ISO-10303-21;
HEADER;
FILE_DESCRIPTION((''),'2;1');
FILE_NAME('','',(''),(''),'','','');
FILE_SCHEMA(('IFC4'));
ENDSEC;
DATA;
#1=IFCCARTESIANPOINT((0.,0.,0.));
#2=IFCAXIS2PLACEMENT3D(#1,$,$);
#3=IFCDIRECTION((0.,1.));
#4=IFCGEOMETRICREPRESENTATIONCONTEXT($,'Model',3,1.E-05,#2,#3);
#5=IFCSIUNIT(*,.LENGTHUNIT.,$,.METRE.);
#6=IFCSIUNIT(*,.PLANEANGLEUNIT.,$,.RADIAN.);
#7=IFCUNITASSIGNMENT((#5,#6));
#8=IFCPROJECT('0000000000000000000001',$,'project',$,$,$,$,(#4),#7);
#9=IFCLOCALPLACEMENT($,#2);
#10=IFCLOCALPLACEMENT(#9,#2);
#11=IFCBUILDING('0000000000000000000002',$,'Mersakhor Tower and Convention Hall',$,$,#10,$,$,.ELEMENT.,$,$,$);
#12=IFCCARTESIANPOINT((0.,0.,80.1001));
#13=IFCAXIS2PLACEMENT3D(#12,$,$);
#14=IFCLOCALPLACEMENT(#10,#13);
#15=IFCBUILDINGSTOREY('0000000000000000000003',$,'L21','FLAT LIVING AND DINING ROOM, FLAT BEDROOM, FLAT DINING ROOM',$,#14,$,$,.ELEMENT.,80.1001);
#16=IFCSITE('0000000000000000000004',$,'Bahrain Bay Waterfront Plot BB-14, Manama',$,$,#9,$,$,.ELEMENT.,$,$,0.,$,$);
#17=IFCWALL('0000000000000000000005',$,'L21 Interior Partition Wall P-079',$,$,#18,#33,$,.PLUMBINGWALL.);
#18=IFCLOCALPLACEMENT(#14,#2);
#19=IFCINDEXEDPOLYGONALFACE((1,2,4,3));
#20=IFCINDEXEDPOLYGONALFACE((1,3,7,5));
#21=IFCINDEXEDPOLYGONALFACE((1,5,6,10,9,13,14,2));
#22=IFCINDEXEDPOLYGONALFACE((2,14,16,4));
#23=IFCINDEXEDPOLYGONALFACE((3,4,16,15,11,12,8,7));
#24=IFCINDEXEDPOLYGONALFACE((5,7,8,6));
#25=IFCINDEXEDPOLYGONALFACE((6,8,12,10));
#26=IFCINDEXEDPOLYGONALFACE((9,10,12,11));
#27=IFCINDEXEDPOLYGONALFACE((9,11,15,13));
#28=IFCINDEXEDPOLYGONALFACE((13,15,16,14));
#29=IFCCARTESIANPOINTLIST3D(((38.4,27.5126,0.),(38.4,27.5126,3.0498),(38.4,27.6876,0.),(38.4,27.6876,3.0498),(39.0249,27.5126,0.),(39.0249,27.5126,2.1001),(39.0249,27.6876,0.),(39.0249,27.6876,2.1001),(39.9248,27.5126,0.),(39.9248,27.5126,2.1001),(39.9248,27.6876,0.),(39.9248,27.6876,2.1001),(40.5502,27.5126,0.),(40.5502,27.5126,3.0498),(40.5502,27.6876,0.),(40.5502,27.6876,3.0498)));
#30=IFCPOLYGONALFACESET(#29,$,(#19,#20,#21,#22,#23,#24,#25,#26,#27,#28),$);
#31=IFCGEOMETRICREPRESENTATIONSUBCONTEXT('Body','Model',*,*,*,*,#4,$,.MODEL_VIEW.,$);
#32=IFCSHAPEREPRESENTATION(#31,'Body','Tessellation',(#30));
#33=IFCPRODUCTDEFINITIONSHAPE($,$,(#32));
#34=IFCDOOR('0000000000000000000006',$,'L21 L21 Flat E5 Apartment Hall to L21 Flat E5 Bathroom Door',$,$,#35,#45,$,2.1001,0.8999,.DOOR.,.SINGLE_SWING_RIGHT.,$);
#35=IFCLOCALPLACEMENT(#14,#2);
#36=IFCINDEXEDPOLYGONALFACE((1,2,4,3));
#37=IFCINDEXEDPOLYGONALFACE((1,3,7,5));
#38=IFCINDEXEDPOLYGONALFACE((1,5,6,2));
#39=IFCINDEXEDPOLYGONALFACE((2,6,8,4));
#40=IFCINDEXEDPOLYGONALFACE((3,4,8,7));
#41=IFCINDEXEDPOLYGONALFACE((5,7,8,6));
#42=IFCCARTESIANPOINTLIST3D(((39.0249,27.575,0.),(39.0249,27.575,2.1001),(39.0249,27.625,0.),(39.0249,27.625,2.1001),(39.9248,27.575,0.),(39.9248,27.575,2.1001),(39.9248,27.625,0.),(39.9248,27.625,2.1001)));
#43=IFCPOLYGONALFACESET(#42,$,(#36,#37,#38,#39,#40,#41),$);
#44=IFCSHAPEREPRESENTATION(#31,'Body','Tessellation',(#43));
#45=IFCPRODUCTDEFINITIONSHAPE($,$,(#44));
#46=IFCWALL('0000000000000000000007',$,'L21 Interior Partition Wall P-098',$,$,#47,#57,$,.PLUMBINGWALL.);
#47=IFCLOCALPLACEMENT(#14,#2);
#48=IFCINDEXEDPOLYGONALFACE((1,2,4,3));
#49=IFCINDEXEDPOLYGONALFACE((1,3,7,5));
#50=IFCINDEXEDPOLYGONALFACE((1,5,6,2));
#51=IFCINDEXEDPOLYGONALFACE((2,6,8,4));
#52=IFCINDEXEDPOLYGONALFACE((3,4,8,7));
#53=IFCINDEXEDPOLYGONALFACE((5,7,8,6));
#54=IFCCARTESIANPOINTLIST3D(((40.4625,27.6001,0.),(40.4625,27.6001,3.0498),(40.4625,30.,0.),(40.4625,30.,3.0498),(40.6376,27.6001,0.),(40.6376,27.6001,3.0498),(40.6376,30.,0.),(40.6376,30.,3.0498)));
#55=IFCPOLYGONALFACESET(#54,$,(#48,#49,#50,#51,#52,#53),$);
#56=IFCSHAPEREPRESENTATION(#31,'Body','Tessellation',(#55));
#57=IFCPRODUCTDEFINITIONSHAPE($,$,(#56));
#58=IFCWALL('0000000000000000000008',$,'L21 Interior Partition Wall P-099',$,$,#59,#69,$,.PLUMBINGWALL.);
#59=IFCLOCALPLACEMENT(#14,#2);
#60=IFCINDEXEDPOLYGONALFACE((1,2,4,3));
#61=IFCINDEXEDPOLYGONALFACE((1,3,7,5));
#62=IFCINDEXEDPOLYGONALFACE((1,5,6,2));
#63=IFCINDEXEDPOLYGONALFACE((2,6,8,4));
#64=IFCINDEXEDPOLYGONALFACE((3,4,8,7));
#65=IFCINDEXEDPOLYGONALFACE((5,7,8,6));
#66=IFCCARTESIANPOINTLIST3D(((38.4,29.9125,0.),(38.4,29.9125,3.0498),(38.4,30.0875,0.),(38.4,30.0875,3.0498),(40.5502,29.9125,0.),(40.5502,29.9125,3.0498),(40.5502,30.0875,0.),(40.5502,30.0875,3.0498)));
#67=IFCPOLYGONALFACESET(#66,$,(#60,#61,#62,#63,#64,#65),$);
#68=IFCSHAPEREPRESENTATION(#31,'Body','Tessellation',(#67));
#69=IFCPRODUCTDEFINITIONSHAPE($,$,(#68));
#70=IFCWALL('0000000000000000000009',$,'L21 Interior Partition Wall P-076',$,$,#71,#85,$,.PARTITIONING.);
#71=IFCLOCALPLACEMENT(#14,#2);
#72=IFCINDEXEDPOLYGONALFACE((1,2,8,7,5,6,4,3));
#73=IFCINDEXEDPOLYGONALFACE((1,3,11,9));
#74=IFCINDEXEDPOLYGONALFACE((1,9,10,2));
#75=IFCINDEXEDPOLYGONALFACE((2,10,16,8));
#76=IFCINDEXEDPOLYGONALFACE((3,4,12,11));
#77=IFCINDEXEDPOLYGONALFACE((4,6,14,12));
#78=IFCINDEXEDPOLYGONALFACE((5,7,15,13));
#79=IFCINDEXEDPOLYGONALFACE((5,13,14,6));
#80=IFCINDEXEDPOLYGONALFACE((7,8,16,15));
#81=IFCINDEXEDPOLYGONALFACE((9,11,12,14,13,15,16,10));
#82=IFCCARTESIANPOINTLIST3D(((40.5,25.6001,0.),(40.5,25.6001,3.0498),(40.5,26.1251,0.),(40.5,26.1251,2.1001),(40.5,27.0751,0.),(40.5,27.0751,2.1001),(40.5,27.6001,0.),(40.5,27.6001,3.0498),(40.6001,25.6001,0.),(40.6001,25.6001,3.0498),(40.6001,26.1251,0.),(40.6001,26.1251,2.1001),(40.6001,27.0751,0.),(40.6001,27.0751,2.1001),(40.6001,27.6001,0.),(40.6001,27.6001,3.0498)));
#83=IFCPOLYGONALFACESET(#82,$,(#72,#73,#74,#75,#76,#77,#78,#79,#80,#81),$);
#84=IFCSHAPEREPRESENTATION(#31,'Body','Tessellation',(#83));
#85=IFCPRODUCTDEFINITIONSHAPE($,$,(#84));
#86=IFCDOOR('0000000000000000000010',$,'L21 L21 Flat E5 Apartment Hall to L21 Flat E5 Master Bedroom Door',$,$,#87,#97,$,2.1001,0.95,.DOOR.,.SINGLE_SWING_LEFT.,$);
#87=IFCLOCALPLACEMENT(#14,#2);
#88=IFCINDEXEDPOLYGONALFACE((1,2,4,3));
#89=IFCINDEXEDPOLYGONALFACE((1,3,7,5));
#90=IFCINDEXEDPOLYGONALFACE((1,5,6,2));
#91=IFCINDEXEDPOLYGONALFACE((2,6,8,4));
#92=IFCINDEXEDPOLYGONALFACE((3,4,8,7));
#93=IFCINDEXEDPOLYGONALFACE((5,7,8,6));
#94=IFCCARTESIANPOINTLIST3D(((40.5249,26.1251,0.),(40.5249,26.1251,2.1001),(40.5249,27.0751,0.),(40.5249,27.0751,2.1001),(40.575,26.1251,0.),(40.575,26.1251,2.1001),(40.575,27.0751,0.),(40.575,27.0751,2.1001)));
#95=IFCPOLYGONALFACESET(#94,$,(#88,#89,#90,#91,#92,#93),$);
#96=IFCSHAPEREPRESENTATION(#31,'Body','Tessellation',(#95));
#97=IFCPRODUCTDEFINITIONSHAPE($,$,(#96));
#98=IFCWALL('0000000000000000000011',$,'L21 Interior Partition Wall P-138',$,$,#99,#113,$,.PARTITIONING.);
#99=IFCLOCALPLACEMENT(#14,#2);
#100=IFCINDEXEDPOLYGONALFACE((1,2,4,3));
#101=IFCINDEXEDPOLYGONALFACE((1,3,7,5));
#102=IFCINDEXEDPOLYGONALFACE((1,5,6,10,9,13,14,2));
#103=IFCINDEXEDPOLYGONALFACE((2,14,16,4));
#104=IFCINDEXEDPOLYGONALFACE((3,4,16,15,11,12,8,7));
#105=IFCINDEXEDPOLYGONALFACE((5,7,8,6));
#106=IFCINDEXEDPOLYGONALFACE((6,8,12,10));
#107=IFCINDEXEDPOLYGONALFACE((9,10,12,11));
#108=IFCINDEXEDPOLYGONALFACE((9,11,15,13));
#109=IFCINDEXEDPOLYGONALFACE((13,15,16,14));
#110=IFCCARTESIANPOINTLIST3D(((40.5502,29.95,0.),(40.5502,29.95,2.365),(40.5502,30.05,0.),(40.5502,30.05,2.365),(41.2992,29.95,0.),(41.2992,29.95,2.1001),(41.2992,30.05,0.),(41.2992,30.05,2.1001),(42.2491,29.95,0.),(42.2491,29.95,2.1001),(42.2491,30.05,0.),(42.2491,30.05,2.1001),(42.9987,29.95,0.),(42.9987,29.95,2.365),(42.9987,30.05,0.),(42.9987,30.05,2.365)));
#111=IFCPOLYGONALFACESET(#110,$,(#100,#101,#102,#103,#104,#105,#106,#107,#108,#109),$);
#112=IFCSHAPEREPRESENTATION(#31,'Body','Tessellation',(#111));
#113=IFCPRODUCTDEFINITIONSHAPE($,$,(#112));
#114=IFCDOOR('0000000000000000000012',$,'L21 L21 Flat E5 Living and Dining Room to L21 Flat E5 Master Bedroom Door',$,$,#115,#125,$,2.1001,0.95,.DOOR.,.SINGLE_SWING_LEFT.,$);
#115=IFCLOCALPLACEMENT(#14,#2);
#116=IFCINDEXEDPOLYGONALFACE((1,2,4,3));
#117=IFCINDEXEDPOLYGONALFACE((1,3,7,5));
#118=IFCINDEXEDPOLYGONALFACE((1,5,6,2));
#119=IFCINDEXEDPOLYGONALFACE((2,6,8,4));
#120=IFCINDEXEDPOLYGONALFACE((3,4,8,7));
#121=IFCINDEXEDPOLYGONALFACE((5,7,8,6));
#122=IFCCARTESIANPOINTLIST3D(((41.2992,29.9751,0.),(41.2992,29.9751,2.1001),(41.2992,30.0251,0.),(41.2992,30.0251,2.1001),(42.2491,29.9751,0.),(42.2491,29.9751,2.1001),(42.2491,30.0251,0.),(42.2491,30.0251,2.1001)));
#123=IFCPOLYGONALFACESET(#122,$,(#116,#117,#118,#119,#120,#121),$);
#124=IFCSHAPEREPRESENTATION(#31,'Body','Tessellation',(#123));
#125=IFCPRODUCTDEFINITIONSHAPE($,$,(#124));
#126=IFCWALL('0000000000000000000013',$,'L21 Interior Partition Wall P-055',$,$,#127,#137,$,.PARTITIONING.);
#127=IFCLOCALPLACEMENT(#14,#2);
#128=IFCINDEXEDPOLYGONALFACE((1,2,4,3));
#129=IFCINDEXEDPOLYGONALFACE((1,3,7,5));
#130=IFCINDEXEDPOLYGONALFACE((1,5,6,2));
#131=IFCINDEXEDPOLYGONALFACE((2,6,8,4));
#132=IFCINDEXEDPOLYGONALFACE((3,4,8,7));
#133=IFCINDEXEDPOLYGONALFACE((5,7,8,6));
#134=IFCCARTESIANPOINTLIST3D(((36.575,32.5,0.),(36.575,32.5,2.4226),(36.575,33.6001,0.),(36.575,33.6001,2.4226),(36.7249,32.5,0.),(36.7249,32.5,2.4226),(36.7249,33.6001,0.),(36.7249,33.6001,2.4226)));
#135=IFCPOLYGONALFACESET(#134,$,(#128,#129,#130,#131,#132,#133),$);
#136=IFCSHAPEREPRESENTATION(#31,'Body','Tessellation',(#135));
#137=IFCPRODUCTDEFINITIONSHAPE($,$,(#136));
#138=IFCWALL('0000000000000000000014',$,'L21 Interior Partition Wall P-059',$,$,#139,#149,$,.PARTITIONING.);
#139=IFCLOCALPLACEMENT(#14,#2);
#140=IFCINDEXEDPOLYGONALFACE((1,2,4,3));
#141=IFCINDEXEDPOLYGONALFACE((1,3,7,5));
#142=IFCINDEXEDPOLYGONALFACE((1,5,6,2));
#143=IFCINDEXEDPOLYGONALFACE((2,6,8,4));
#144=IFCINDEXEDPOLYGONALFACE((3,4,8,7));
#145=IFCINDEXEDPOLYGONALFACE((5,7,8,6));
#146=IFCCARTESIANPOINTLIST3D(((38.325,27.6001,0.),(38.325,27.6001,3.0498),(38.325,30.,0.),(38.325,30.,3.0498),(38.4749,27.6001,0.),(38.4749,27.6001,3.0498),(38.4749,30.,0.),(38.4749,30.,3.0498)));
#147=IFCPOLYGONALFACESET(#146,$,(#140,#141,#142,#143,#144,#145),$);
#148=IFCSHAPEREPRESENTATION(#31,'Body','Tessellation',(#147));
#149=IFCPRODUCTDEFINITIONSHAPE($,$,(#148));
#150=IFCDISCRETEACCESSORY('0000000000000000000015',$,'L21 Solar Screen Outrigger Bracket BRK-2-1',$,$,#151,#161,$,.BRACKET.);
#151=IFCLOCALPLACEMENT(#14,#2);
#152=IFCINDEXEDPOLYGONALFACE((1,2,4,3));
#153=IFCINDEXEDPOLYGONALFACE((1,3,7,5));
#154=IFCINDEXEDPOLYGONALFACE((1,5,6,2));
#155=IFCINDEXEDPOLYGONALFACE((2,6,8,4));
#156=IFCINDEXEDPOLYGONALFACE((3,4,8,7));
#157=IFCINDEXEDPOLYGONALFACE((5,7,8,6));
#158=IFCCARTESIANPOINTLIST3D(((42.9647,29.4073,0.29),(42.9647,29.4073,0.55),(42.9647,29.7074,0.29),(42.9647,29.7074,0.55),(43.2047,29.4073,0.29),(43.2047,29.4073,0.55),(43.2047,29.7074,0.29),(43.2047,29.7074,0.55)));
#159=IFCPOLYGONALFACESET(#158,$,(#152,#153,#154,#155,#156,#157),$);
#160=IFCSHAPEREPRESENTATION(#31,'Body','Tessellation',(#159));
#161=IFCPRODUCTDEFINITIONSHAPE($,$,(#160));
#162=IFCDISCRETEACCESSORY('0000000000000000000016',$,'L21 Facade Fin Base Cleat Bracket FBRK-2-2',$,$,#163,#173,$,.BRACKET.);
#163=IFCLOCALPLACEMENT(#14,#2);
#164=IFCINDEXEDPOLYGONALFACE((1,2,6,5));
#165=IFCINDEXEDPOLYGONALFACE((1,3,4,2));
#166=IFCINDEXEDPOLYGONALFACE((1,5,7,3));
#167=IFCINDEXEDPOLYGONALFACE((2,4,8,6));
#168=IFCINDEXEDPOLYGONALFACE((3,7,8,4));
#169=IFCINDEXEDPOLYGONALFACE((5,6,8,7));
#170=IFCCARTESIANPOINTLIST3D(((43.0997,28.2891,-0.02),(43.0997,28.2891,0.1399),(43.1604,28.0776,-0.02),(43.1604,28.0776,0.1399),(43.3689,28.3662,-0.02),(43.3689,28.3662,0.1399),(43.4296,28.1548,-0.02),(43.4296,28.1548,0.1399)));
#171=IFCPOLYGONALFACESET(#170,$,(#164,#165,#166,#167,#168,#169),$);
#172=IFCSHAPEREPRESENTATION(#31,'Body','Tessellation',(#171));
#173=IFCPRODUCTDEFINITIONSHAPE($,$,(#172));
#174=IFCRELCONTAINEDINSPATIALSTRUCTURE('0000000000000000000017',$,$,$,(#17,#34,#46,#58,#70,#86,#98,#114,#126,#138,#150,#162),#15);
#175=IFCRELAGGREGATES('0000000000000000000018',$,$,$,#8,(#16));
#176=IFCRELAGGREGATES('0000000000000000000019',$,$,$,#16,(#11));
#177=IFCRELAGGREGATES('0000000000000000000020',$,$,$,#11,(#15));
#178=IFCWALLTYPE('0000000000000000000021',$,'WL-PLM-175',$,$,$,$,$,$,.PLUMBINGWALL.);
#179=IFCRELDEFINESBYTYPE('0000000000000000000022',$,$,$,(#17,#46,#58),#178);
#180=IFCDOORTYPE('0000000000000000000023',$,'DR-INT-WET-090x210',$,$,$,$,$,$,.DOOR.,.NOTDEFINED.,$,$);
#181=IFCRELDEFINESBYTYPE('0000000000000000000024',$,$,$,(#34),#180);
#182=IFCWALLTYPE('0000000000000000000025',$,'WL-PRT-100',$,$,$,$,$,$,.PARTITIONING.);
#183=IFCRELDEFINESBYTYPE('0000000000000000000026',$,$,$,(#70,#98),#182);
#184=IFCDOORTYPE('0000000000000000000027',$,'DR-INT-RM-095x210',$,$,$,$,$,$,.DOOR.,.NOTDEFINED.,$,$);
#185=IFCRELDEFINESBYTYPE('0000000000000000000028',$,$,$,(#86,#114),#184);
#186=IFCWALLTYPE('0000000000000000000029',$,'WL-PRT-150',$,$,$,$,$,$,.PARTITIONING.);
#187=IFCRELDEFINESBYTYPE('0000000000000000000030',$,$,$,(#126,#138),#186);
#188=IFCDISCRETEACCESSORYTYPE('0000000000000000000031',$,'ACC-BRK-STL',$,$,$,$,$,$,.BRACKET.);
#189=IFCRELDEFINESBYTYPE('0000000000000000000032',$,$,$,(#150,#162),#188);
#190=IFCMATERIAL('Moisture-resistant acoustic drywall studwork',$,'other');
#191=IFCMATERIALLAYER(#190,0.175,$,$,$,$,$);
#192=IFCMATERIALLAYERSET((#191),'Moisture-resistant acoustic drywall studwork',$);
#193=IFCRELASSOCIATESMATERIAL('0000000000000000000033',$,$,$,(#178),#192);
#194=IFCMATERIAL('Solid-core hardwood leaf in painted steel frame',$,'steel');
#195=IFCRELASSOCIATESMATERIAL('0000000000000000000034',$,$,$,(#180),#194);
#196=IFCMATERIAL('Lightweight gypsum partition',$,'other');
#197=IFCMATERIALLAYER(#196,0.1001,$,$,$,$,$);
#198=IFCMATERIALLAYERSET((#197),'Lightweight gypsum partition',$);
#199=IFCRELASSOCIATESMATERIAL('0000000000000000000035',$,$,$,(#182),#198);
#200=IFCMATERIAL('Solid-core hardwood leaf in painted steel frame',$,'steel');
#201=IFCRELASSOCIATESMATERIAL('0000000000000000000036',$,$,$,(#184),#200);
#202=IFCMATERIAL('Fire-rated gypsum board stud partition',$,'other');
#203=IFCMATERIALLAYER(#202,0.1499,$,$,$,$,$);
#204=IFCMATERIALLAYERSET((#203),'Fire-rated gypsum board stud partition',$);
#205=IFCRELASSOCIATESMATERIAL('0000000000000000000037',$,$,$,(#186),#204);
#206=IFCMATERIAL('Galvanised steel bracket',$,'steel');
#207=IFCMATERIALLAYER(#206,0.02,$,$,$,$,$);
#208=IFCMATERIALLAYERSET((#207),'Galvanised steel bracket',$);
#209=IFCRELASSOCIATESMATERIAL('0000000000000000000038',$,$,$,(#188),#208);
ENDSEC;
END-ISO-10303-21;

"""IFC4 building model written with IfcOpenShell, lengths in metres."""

from ifc_helpers import new_model, si_unit, direction, frame, frame_2d, origin, origin_2d, place, context, subcontext, project, spatial, rectangle, extrude, material, layer, layer_set, type_object, element, fill, save


model = new_model("IFC4")

# Units and contexts
model_context = context("Model", 3, precision=1e-05, world=origin(), true_north=direction((0.0, 1.0)))
body_context = subcontext(model_context, "Body", "Model", "MODEL_VIEW")
ifc_project = project(units=[si_unit("LENGTHUNIT", "METRE"), si_unit("PLANEANGLEUNIT", "RADIAN")], contexts=[model_context])

# Site, building, storey
site_placement = place(None, origin())
site = spatial("IfcSite", under=ifc_project, at=site_placement, Name="Bahrain Bay Waterfront Plot BB-14, Manama", CompositionType="ELEMENT", RefElevation=0.0)
building_placement = place(site_placement, origin())
building = spatial("IfcBuilding", under=site, at=building_placement, Name="Mersakhor Tower and Convention Hall", CompositionType="ELEMENT")
storey_placement = place(building_placement, frame((0.0, 0.0, 80.1001)))
storey = spatial("IfcBuildingStorey", under=building, at=storey_placement, Name="L21", Description="FLAT LIVING AND DINING ROOM, FLAT BEDROOM, FLAT DINING ROOM", CompositionType="ELEMENT", Elevation=80.1001)

# Wall, opening, door
ifc_material_1 = material(Name="Moisture-resistant acoustic drywall studwork", Category="other")
ifc_layer_1 = layer(ifc_material_1, 0.175)
ifc_layer_set_1 = layer_set([ifc_layer_1], Name="Moisture-resistant acoustic drywall studwork")
wall_type_1 = type_object("IfcWallType", Name="WL-PLM-175", PredefinedType="PLUMBINGWALL", material=ifc_layer_set_1)
wall_1_placement = place(storey_placement, frame((38.3999, 27.6001, 0.0), z_axis=(0.0, 0.0, 1.0), x_axis=(1.0, 0.0, 0.0)))
wall_1 = element("IfcWall", 1, at=wall_1_placement, inside=storey, type_object=wall_type_1, Name="L21 Interior Partition Wall P-079", PredefinedType="PLUMBINGWALL", context=body_context, shape_type="SweptSolid", body=[
    extrude(rectangle(XDim=2.1501, YDim=0.175, at=frame_2d((1.0752, 0.0))), origin(), (0.0, 0.0, 1.0), 3.0498),
])
opening_1_placement = place(wall_1_placement, frame((0.625, 0.0, 0.0)))
opening_1 = element("IfcOpeningElement", 2, at=opening_1_placement, cuts=wall_1, PredefinedType="OPENING", context=body_context, shape_type="SweptSolid", body=[
    extrude(rectangle(XDim=0.8999, YDim=2.1001, at=frame_2d((0.45, 1.05))), frame((0.0, 0.0974, 0.0), z_axis=(0.0, -1.0, 0.0), x_axis=(1.0, 0.0, 0.0)), (0.0, 0.0, 1.0), 0.1951),
])
ifc_material_2 = material(Name="Solid-core hardwood leaf in painted steel frame", Category="steel")
door_type_1 = type_object("IfcDoorType", Name="DR-INT-WET-090x210", OperationType="NOTDEFINED", PredefinedType="DOOR", material=ifc_material_2)
door_1_placement = place(opening_1_placement, origin())
door_1 = element("IfcDoor", 3, at=door_1_placement, inside=storey, type_object=door_type_1, Name="L21 L21 Flat E5 Apartment Hall to L21 Flat E5 Bathroom Door", OperationType="SINGLE_SWING_RIGHT", OverallHeight=2.1001, OverallWidth=0.8999, PredefinedType="DOOR", context=body_context, shape_type="SweptSolid", body=[
    extrude(rectangle(XDim=0.8999, YDim=2.1001, at=frame_2d((0.45, 1.05))), frame((0.0, 0.0249, 0.0), z_axis=(0.0, -1.0, 0.0), x_axis=(1.0, 0.0, 0.0)), (0.0, 0.0, 1.0), 0.05),
])
fill(opening_1, door_1)

# Walls
wall_2_placement = place(storey_placement, frame((40.55, 30.0, 0.0), z_axis=(0.0, 0.0, 1.0), x_axis=(0.0, -1.0, 0.0)))
element("IfcWall", 4, at=wall_2_placement, inside=storey, type_object=wall_type_1, Name="L21 Interior Partition Wall P-098", PredefinedType="PLUMBINGWALL", context=body_context, shape_type="SweptSolid", body=[
    extrude(rectangle(XDim=2.3999, YDim=0.175, at=frame_2d((1.2, 0.0))), origin(), (0.0, 0.0, 1.0), 3.0498),
])
wall_3_placement = place(storey_placement, frame((38.3999, 30.0, 0.0), z_axis=(0.0, 0.0, 1.0), x_axis=(1.0, 0.0, 0.0)))
element("IfcWall", 5, at=wall_3_placement, inside=storey, type_object=wall_type_1, Name="L21 Interior Partition Wall P-099", PredefinedType="PLUMBINGWALL", context=body_context, shape_type="SweptSolid", body=[
    extrude(rectangle(XDim=2.1501, YDim=0.175, at=frame_2d((1.0752, 0.0))), origin(), (0.0, 0.0, 1.0), 3.0498),
])

# Walls, openings, doors
ifc_material_3 = material(Name="Lightweight gypsum partition", Category="other")
ifc_layer_2 = layer(ifc_material_3, 0.1001)
ifc_layer_set_2 = layer_set([ifc_layer_2], Name="Lightweight gypsum partition")
wall_type_2 = type_object("IfcWallType", Name="WL-PRT-100", PredefinedType="PARTITIONING", material=ifc_layer_set_2)
wall_4_placement = place(storey_placement, frame((40.55, 27.6001, 0.0), z_axis=(0.0, 0.0, 1.0), x_axis=(0.0, -1.0, 0.0)))
wall_4 = element("IfcWall", 6, at=wall_4_placement, inside=storey, type_object=wall_type_2, Name="L21 Interior Partition Wall P-076", PredefinedType="PARTITIONING", context=body_context, shape_type="SweptSolid", body=[
    extrude(rectangle(XDim=2.0, YDim=0.1001, at=frame_2d((1.0, 0.0))), origin(), (0.0, 0.0, 1.0), 3.0498),
])
opening_2_placement = place(wall_4_placement, frame((0.5249, 0.0, 0.0)))
opening_2 = element("IfcOpeningElement", 7, at=opening_2_placement, cuts=wall_4, PredefinedType="OPENING", context=body_context, shape_type="SweptSolid", body=[
    extrude(rectangle(XDim=0.95, YDim=2.1001, at=frame_2d((0.4751, 1.05))), frame((0.0, 0.0601, 0.0), z_axis=(0.0, -1.0, 0.0), x_axis=(1.0, 0.0, 0.0)), (0.0, 0.0, 1.0), 0.1201),
])
ifc_material_4 = material(Name="Solid-core hardwood leaf in painted steel frame", Category="steel")
door_type_2 = type_object("IfcDoorType", Name="DR-INT-RM-095x210", OperationType="NOTDEFINED", PredefinedType="DOOR", material=ifc_material_4)
door_2_placement = place(opening_2_placement, origin())
door_2 = element("IfcDoor", 8, at=door_2_placement, inside=storey, type_object=door_type_2, Name="L21 L21 Flat E5 Apartment Hall to L21 Flat E5 Master Bedroom Door", OperationType="SINGLE_SWING_LEFT", OverallHeight=2.1001, OverallWidth=0.95, PredefinedType="DOOR", context=body_context, shape_type="SweptSolid", body=[
    extrude(rectangle(XDim=0.95, YDim=2.1001, at=frame_2d((0.4751, 1.05))), frame((0.0, 0.0249, 0.0), z_axis=(0.0, -1.0, 0.0), x_axis=(1.0, 0.0, 0.0)), (0.0, 0.0, 1.0), 0.05),
])
fill(opening_2, door_2)
wall_5_placement = place(storey_placement, frame((42.9985, 30.0, 0.0), z_axis=(0.0, 0.0, 1.0), x_axis=(-1.0, 0.0, 0.0)))
wall_5 = element("IfcWall", 9, at=wall_5_placement, inside=storey, type_object=wall_type_2, Name="L21 Interior Partition Wall P-138", PredefinedType="PARTITIONING", context=body_context, shape_type="SweptSolid", body=[
    extrude(rectangle(XDim=2.4485, YDim=0.1001, at=frame_2d((1.2241, 0.0))), origin(), (0.0, 0.0, 1.0), 2.365),
])
opening_3_placement = place(wall_5_placement, frame((0.7493, 0.0, 0.0)))
opening_3 = element("IfcOpeningElement", 10, at=opening_3_placement, cuts=wall_5, PredefinedType="OPENING", context=body_context, shape_type="SweptSolid", body=[
    extrude(rectangle(XDim=0.95, YDim=2.1001, at=frame_2d((0.4751, 1.05))), frame((0.0, 0.0601, 0.0), z_axis=(0.0, -1.0, 0.0), x_axis=(1.0, 0.0, 0.0)), (0.0, 0.0, 1.0), 0.1201),
])
door_3_placement = place(opening_3_placement, origin())
door_3 = element("IfcDoor", 11, at=door_3_placement, inside=storey, type_object=door_type_2, Name="L21 L21 Flat E5 Living and Dining Room to L21 Flat E5 Master Bedroom Door", OperationType="SINGLE_SWING_LEFT", OverallHeight=2.1001, OverallWidth=0.95, PredefinedType="DOOR", context=body_context, shape_type="SweptSolid", body=[
    extrude(rectangle(XDim=0.95, YDim=2.1001, at=frame_2d((0.4751, 1.05))), frame((0.0, 0.0249, 0.0), z_axis=(0.0, -1.0, 0.0), x_axis=(1.0, 0.0, 0.0)), (0.0, 0.0, 1.0), 0.05),
])
fill(opening_3, door_3)

# Walls
ifc_material_5 = material(Name="Fire-rated gypsum board stud partition", Category="other")
ifc_layer_3 = layer(ifc_material_5, 0.1499)
ifc_layer_set_3 = layer_set([ifc_layer_3], Name="Fire-rated gypsum board stud partition")
wall_type_3 = type_object("IfcWallType", Name="WL-PRT-150", PredefinedType="PARTITIONING", material=ifc_layer_set_3)
wall_6_placement = place(storey_placement, frame((36.6499, 32.5, 0.0), z_axis=(0.0, 0.0, 1.0), x_axis=(0.0, 1.0, 0.0)))
element("IfcWall", 12, at=wall_6_placement, inside=storey, type_object=wall_type_3, Name="L21 Interior Partition Wall P-055", PredefinedType="PARTITIONING", context=body_context, shape_type="SweptSolid", body=[
    extrude(rectangle(XDim=1.1001, YDim=0.1499, at=frame_2d((0.55, 0.0))), origin(), (0.0, 0.0, 1.0), 2.4226),
])
wall_7_placement = place(storey_placement, frame((38.3999, 30.0, 0.0), z_axis=(0.0, 0.0, 1.0), x_axis=(0.0, -1.0, 0.0)))
element("IfcWall", 13, at=wall_7_placement, inside=storey, type_object=wall_type_3, Name="L21 Interior Partition Wall P-059", PredefinedType="PARTITIONING", context=body_context, shape_type="SweptSolid", body=[
    extrude(rectangle(XDim=2.3999, YDim=0.1499, at=frame_2d((1.2, 0.0))), origin(), (0.0, 0.0, 1.0), 3.0498),
])

# Discrete accessories
ifc_material_6 = material(Name="Galvanised steel bracket", Category="steel")
ifc_layer_4 = layer(ifc_material_6, 0.02)
ifc_layer_set_4 = layer_set([ifc_layer_4], Name="Galvanised steel bracket")
discrete_accessory_type = type_object("IfcDiscreteAccessoryType", Name="ACC-BRK-STL", PredefinedType="BRACKET", material=ifc_layer_set_4)
discrete_accessory_1_placement = place(storey_placement, frame((43.0847, 29.5574, 0.29), z_axis=(0.0, 0.0, 1.0), x_axis=(0.0, -1.0, 0.0)))
element("IfcDiscreteAccessory", 14, at=discrete_accessory_1_placement, inside=storey, type_object=discrete_accessory_type, Name="L21 Solar Screen Outrigger Bracket BRK-2-1", PredefinedType="BRACKET", context=body_context, shape_type="SweptSolid", body=[
    extrude(rectangle(XDim=0.3, YDim=0.24, at=origin_2d()), origin(), (0.0, 0.0, 1.0), 0.26),
])
discrete_accessory_2_placement = place(storey_placement, frame((43.2646, 28.2219, -0.02), z_axis=(0.0, 0.0, 1.0), x_axis=(0.961262, 0.275637, 0.0)))
element("IfcDiscreteAccessory", 15, at=discrete_accessory_2_placement, inside=storey, type_object=discrete_accessory_type, Name="L21 Facade Fin Base Cleat Bracket FBRK-2-2", PredefinedType="BRACKET", context=body_context, shape_type="SweptSolid", body=[
    extrude(rectangle(XDim=0.28, YDim=0.22, at=origin_2d()), origin(), (0.0, 0.0, 1.0), 0.1599),
])

save(model, "model.ifc")
